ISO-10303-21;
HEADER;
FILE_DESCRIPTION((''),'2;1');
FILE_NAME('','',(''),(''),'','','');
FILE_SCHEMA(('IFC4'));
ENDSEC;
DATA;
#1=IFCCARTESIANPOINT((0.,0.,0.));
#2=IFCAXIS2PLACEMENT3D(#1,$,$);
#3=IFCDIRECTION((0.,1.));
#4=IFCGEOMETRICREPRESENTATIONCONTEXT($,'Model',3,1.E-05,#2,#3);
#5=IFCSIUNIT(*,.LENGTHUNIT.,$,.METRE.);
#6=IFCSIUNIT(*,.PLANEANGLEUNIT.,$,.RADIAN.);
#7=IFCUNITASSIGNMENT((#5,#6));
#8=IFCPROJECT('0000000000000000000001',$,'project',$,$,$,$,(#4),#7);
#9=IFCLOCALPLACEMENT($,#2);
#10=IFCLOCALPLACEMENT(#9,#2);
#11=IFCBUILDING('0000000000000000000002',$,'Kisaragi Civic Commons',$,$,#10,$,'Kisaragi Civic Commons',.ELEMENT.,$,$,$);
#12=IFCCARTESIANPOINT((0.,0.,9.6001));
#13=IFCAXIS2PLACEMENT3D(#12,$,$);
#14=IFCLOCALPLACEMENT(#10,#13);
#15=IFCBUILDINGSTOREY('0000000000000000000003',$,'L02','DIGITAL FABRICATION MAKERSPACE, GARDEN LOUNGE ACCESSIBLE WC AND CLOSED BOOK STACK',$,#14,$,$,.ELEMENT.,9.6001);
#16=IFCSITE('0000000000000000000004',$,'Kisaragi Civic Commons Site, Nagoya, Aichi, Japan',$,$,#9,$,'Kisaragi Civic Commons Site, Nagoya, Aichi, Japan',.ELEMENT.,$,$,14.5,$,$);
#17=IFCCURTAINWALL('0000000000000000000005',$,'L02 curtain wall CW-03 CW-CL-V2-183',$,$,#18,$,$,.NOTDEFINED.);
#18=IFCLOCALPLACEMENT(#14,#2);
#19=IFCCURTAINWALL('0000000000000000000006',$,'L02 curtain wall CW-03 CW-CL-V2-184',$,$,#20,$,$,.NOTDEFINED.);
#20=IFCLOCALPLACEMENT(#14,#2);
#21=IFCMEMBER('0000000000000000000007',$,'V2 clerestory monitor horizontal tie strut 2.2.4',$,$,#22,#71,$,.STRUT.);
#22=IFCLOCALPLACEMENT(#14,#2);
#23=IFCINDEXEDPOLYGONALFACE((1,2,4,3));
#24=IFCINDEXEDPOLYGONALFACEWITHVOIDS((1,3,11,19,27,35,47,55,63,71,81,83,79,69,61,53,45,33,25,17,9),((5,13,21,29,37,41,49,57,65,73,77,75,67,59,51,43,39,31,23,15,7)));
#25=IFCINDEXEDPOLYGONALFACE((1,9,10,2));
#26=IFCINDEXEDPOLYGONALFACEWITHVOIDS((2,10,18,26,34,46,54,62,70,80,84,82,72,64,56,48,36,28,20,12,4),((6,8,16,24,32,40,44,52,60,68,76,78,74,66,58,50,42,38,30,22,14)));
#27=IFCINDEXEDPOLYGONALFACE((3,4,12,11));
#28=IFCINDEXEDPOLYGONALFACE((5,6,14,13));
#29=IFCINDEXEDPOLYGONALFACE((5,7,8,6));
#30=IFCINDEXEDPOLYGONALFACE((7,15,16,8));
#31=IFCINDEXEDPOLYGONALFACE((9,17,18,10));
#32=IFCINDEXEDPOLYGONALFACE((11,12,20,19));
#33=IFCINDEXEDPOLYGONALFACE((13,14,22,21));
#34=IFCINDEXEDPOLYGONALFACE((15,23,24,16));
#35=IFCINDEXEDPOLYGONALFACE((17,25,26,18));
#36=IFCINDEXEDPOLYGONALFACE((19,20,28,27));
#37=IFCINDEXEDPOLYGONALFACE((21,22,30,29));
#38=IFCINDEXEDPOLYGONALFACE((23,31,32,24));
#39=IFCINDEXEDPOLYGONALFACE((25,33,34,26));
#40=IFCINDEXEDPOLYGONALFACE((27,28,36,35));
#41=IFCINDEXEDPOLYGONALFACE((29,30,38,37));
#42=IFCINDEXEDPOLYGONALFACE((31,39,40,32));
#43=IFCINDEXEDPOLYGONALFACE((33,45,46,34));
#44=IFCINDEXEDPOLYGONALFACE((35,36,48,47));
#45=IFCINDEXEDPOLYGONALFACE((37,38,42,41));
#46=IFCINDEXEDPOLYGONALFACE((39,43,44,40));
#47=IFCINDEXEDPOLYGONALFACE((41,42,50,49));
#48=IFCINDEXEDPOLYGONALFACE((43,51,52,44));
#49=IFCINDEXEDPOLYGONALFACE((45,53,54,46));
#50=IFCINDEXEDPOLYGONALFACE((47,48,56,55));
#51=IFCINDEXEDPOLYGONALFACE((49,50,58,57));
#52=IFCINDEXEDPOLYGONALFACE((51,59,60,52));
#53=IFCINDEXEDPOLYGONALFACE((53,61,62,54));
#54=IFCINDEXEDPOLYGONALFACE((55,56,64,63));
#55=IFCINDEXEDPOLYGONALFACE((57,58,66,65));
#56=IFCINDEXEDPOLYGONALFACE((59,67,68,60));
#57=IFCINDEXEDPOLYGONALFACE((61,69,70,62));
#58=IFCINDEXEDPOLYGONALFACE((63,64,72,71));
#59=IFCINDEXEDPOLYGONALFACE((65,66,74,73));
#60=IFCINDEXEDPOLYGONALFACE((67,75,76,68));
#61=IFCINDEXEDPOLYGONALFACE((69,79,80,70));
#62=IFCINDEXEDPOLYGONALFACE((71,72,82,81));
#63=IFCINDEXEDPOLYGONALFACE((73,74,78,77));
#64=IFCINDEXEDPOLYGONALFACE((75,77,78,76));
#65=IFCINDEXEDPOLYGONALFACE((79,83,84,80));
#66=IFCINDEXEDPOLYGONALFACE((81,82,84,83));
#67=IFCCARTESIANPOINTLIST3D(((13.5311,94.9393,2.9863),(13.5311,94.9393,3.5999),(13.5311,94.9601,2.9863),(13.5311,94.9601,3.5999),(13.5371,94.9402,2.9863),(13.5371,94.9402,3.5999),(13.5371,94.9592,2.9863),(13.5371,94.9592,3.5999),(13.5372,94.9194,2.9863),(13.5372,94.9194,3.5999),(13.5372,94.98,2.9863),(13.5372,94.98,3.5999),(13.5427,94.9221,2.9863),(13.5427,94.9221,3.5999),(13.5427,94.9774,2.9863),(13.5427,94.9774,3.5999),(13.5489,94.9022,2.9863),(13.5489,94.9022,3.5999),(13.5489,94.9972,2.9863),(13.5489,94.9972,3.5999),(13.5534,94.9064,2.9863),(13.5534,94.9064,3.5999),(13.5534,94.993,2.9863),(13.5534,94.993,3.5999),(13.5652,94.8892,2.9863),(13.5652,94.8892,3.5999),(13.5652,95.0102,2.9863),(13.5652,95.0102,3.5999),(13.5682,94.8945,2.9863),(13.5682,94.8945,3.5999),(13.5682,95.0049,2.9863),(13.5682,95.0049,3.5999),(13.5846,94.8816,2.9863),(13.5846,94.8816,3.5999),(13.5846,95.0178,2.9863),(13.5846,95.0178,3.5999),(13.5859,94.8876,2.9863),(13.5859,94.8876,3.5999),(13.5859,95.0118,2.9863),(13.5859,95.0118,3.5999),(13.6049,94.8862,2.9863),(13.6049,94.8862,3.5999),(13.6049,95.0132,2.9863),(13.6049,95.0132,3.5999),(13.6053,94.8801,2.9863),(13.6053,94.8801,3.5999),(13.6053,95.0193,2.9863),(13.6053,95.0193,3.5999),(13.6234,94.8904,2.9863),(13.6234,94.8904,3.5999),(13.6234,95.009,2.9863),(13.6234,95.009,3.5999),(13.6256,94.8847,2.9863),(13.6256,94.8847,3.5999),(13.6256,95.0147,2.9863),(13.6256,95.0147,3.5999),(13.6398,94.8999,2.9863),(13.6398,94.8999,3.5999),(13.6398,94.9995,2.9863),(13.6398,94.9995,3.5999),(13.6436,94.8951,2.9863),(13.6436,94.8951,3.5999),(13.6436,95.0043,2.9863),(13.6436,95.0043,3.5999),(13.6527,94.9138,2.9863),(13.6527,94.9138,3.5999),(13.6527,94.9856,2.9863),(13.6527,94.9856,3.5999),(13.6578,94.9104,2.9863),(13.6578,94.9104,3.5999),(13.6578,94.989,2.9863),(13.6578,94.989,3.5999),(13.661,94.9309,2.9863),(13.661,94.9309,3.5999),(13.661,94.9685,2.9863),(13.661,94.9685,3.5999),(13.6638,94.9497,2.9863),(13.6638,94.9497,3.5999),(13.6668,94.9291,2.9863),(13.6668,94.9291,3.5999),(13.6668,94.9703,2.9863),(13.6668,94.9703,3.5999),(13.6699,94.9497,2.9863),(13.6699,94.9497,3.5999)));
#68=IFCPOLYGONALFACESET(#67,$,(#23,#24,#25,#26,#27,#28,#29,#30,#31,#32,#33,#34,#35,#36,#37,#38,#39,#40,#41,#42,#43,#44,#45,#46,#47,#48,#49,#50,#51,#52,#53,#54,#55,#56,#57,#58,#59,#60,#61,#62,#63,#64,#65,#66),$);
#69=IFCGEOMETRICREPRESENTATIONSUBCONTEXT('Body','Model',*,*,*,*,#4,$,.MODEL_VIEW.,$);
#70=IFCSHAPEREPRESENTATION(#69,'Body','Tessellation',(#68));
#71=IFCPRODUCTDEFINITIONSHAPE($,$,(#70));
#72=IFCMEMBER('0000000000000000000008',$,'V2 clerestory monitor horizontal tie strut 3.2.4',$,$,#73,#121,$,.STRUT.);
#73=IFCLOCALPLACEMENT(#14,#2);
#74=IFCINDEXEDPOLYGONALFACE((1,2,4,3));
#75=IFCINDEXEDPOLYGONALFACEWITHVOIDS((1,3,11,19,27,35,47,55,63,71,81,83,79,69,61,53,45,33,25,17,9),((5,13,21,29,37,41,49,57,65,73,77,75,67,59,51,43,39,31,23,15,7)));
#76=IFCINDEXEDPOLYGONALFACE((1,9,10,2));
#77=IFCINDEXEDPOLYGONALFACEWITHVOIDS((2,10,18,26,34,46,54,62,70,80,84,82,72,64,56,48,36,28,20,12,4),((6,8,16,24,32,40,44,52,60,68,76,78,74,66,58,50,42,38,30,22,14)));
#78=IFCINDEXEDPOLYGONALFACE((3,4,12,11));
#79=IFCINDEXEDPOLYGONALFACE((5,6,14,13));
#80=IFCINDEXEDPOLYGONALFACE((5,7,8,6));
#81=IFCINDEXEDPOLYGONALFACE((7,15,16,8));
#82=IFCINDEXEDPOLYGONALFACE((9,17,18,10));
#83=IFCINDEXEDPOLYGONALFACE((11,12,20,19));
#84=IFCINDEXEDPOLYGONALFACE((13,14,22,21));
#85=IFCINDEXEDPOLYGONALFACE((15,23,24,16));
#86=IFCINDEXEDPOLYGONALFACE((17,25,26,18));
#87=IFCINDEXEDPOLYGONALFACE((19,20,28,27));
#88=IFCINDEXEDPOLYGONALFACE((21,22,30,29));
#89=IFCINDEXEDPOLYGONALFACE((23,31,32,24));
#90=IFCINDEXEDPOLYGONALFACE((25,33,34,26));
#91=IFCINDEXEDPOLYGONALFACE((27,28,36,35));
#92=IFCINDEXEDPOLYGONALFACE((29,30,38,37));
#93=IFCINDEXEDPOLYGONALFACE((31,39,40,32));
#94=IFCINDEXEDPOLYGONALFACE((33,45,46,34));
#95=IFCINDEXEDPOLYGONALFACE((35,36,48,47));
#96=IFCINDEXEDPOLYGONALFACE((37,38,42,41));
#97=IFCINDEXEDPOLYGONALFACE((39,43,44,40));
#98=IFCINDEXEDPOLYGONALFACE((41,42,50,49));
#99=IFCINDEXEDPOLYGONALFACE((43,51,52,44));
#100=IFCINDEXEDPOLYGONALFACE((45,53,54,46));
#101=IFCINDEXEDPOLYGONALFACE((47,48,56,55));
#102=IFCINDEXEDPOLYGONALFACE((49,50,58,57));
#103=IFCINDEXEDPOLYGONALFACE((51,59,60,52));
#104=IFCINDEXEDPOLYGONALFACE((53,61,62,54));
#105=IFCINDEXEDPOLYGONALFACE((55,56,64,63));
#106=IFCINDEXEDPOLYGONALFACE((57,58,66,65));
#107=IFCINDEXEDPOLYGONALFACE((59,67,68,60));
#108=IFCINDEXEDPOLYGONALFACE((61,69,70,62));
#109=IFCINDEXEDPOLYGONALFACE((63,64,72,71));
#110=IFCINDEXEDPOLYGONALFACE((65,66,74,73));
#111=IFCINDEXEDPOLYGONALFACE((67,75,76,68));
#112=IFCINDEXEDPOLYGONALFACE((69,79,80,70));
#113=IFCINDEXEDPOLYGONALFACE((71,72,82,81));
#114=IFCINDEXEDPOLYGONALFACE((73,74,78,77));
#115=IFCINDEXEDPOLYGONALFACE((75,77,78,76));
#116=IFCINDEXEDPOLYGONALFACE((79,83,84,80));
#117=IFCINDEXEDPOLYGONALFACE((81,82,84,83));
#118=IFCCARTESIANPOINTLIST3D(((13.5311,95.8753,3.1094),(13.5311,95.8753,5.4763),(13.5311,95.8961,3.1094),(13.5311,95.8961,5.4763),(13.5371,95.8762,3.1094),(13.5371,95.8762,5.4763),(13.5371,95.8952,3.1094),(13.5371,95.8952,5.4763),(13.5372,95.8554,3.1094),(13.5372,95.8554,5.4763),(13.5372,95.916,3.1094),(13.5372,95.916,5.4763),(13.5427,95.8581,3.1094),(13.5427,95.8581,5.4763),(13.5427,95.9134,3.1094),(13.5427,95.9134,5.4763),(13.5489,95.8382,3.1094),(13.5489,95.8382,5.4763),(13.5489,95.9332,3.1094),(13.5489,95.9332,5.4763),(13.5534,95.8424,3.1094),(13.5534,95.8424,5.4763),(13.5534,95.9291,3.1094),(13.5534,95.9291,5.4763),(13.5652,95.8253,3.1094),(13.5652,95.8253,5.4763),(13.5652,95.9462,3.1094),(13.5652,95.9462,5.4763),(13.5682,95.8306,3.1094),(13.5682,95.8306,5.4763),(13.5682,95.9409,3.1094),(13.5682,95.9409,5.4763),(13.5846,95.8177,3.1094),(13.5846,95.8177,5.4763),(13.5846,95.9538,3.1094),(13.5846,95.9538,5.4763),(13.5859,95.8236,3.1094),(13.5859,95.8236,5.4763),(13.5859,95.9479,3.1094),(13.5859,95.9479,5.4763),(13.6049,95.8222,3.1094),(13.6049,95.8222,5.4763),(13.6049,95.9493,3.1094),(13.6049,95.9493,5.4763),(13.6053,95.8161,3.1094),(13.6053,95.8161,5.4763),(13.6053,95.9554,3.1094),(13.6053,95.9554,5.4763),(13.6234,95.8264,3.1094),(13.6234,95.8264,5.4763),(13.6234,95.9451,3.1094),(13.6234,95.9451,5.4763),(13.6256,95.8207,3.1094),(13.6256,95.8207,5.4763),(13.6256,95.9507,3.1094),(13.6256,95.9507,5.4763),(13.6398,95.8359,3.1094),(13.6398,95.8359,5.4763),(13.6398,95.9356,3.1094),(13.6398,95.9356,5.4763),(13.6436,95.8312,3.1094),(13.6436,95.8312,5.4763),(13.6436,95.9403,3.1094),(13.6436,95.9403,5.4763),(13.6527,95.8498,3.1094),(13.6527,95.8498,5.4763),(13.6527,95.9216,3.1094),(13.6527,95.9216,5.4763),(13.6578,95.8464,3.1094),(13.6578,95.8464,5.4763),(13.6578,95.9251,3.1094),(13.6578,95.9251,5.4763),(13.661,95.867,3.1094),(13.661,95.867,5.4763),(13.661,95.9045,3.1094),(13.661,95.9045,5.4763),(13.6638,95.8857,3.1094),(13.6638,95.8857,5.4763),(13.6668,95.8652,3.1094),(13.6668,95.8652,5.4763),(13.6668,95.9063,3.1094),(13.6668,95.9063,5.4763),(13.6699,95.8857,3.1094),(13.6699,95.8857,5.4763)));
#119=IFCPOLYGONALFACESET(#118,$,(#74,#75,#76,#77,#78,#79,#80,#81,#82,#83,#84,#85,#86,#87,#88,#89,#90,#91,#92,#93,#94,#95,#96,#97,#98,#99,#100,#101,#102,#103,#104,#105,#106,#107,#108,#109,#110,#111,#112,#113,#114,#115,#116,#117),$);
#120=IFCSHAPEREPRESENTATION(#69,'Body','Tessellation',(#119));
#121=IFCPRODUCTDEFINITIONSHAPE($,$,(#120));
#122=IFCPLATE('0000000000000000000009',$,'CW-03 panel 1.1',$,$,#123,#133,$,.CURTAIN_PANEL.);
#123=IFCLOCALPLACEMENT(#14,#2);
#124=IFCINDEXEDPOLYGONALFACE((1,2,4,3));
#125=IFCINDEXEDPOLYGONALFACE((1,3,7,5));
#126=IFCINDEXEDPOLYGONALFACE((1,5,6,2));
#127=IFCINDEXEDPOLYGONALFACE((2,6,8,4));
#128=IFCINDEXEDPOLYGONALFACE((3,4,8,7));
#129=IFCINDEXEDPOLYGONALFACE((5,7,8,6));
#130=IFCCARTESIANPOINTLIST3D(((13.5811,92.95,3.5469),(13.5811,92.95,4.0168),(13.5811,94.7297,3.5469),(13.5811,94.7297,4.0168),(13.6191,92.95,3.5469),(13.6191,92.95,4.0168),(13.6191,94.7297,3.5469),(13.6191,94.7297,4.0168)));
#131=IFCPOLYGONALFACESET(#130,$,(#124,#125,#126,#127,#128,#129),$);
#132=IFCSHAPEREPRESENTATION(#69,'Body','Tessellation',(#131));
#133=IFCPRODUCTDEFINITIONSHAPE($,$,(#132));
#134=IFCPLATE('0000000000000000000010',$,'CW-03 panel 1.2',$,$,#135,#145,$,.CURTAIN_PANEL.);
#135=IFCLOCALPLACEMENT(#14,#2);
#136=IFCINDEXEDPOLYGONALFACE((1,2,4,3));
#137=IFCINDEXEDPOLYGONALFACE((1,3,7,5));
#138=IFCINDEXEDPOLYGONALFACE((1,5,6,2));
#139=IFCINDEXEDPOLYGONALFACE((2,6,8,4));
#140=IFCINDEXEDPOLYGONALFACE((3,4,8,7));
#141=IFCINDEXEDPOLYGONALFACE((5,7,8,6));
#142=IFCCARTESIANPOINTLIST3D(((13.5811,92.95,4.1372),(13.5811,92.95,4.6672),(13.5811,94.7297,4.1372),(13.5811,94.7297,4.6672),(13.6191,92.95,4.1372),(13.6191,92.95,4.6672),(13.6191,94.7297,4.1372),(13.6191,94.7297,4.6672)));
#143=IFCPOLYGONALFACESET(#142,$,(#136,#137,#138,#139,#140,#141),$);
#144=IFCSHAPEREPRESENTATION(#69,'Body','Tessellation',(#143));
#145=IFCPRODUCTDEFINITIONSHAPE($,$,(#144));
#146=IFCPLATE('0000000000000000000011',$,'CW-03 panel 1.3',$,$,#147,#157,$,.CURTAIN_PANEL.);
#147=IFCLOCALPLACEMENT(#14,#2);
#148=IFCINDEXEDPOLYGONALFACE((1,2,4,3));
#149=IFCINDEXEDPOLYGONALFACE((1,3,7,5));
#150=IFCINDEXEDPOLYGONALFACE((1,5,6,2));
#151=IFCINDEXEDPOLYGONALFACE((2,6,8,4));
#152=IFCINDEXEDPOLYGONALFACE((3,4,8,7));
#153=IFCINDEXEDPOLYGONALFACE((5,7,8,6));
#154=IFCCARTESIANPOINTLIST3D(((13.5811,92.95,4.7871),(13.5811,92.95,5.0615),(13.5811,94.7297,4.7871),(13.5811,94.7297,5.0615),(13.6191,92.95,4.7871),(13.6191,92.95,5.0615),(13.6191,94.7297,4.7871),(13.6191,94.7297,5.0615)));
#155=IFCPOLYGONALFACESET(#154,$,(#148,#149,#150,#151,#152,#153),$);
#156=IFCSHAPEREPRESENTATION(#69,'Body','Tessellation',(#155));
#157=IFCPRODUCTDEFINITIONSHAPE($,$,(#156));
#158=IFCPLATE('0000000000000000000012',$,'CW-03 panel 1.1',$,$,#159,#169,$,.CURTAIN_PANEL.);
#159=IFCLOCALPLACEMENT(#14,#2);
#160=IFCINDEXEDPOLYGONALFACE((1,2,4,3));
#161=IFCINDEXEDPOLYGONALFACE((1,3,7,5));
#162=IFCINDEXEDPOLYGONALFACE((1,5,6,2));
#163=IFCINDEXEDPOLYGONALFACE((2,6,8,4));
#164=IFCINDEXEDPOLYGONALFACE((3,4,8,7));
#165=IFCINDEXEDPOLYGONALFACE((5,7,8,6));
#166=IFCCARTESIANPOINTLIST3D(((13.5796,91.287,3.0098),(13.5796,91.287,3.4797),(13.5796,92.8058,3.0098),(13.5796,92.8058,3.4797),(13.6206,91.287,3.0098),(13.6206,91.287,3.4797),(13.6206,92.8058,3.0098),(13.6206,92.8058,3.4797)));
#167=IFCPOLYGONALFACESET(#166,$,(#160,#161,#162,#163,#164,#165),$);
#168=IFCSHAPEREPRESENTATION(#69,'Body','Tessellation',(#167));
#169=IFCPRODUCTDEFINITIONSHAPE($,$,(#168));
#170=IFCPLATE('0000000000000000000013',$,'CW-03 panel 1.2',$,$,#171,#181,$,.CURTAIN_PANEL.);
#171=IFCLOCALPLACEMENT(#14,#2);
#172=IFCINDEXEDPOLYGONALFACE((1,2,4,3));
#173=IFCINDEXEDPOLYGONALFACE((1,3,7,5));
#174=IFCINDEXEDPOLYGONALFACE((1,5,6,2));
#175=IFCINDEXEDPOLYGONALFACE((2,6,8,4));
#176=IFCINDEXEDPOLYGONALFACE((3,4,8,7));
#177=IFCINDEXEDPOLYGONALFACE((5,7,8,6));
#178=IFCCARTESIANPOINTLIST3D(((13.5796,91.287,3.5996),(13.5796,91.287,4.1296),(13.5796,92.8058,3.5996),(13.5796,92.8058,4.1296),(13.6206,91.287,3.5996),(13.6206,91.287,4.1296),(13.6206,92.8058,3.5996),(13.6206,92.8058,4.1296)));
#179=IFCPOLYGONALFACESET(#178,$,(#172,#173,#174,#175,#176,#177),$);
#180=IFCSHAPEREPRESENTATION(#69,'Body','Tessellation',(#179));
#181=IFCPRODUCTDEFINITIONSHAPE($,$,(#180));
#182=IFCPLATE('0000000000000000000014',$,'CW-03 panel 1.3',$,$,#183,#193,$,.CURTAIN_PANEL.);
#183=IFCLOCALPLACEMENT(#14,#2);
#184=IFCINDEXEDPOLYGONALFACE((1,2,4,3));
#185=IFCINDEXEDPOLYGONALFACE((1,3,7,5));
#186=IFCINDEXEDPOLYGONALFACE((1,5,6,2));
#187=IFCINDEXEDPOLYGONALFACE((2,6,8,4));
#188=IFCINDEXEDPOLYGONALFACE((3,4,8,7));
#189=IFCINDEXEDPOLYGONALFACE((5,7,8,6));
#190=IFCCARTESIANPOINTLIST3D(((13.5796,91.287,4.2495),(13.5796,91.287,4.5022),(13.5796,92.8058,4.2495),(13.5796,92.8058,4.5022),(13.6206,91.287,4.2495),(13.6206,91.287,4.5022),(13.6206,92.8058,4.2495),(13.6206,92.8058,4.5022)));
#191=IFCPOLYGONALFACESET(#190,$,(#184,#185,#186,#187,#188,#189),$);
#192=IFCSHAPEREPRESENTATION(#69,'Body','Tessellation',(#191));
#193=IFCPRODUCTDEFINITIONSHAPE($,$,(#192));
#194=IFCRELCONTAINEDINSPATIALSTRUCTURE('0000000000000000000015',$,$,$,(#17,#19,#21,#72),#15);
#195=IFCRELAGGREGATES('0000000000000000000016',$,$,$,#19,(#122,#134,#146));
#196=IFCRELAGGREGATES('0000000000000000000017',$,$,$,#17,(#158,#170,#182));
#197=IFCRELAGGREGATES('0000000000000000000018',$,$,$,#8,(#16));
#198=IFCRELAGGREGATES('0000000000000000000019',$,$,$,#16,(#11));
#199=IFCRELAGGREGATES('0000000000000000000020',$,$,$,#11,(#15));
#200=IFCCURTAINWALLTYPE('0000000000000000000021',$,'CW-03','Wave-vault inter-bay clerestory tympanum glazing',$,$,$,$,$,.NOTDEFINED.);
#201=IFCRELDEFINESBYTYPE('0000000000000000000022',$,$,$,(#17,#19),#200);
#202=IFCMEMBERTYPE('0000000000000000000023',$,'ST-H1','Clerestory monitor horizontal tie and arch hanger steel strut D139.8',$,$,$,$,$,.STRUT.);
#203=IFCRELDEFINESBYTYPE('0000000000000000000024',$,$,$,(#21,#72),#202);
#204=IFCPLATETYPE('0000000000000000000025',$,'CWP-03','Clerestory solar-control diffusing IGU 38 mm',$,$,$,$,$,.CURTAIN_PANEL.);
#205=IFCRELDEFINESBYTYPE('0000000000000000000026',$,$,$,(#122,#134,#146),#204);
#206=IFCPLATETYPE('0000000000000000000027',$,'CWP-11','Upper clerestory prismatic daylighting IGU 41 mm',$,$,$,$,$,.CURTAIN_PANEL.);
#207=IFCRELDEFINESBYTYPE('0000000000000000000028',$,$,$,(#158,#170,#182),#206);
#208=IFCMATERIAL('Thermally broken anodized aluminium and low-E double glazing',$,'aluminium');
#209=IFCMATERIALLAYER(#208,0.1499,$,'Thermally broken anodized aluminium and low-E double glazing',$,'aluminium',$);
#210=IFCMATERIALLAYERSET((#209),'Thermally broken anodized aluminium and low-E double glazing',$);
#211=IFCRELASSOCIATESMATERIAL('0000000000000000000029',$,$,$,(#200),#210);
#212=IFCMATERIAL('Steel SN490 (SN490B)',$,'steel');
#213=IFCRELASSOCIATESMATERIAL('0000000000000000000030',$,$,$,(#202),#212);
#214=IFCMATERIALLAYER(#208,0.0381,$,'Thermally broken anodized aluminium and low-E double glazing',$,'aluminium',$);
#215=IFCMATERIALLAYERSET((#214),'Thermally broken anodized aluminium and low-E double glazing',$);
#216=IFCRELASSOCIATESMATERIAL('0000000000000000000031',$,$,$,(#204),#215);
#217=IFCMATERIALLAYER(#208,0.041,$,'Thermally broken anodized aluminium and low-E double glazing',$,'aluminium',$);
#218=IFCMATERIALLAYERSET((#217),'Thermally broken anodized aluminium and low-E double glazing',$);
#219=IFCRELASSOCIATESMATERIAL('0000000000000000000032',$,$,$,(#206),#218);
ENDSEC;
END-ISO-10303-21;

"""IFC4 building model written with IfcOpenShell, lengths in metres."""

from ifc_helpers import new_model, si_unit, direction, frame, origin, origin_2d, place, context, subcontext, project, spatial, rectangle, hollow_circle, extrude, material, layer, layer_set, material_profile, profile_set, type_object, element, aggregate, save


model = new_model("IFC4")

# Units and contexts
model_context = context("Model", 3, precision=1e-05, world=origin(), true_north=direction((0.0, 1.0)))
body_context = subcontext(model_context, "Body", "Model", "MODEL_VIEW")
ifc_project = project(units=[si_unit("LENGTHUNIT", "METRE"), si_unit("PLANEANGLEUNIT", "RADIAN")], contexts=[model_context])

# Site, building, storey
site_placement = place(None, origin())
site = spatial("IfcSite", under=ifc_project, at=site_placement, Name="Kisaragi Civic Commons Site, Nagoya, Aichi, Japan", LongName="Kisaragi Civic Commons Site, Nagoya, Aichi, Japan", CompositionType="ELEMENT", RefElevation=14.5)
building_placement = place(site_placement, origin())
building = spatial("IfcBuilding", under=site, at=building_placement, Name="Kisaragi Civic Commons", LongName="Kisaragi Civic Commons", CompositionType="ELEMENT")
storey_placement = place(building_placement, frame((0.0, 0.0, 9.6001)))
storey = spatial("IfcBuildingStorey", under=building, at=storey_placement, Name="L02", Description="DIGITAL FABRICATION MAKERSPACE, GARDEN LOUNGE ACCESSIBLE WC AND CLOSED BOOK STACK", CompositionType="ELEMENT", Elevation=9.6001)

# Curtain walls
ifc_material_1 = material(Name="Thermally broken anodized aluminium and low-E double glazing", Category="aluminium")
ifc_layer_1 = layer(ifc_material_1, 0.1499, Name="Thermally broken anodized aluminium and low-E double glazing", Category="aluminium")
ifc_layer_set_1 = layer_set([ifc_layer_1], Name="Thermally broken anodized aluminium and low-E double glazing")
curtain_wall_type = type_object("IfcCurtainWallType", Name="CW-03", Description="Wave-vault inter-bay clerestory tympanum glazing", PredefinedType="NOTDEFINED", material=ifc_layer_set_1)
curtain_wall_1_placement = place(storey_placement, origin())
curtain_wall_1 = element("IfcCurtainWall", 1, at=curtain_wall_1_placement, inside=storey, type_object=curtain_wall_type, Name="L02 curtain wall CW-03 CW-CL-V2-183", PredefinedType="NOTDEFINED")
curtain_wall_2_placement = place(storey_placement, origin())
curtain_wall_2 = element("IfcCurtainWall", 2, at=curtain_wall_2_placement, inside=storey, type_object=curtain_wall_type, Name="L02 curtain wall CW-03 CW-CL-V2-184", PredefinedType="NOTDEFINED")

# Members
ifc_material_2 = material(Name="Steel SN490 (SN490B)", Category="steel")
ifc_material_profile_1 = material_profile(ifc_material_2, hollow_circle(Radius=0.0698, WallThickness=0.0061, at=origin_2d()), Name="CHS-139.8x6.0", Category="steel")
ifc_profile_set_1 = profile_set([ifc_material_profile_1], Name="Steel SN490 (SN490B)")
member_type_1 = type_object("IfcMemberType", Name="ST-H1", Description="Clerestory monitor horizontal tie and arch hanger steel strut D139.8", PredefinedType="STRUT", material=ifc_profile_set_1)
member_1_placement = place(storey_placement, frame((13.6001, 94.9497, 2.9863), z_axis=(0.0, 0.0, 1.0), x_axis=(1.0, 0.0, 0.0)))
element("IfcMember", 3, at=member_1_placement, inside=storey, type_object=member_type_1, Name="V2 clerestory monitor horizontal tie strut 2.2.4", PredefinedType="STRUT", context=body_context, shape_type="SweptSolid", body=[
    extrude(hollow_circle(Radius=0.0698, WallThickness=0.0061, at=origin_2d()), origin(), (0.0, 0.0, 1.0), 0.6135),
])
member_2_placement = place(storey_placement, frame((13.6001, 95.8857, 3.1094), z_axis=(0.0, 0.0, 1.0), x_axis=(1.0, 0.0, 0.0)))
element("IfcMember", 4, at=member_2_placement, inside=storey, type_object=member_type_1, Name="V2 clerestory monitor horizontal tie strut 3.2.4", PredefinedType="STRUT", context=body_context, shape_type="SweptSolid", body=[
    extrude(hollow_circle(Radius=0.0698, WallThickness=0.0061, at=origin_2d()), origin(), (0.0, 0.0, 1.0), 2.3669),
])

# Plates
ifc_layer_2 = layer(ifc_material_1, 0.0381, Name="Thermally broken anodized aluminium and low-E double glazing", Category="aluminium")
ifc_layer_set_2 = layer_set([ifc_layer_2], Name="Thermally broken anodized aluminium and low-E double glazing")
plate_type_1 = type_object("IfcPlateType", Name="CWP-03", Description="Clerestory solar-control diffusing IGU 38 mm", PredefinedType="CURTAIN_PANEL", material=ifc_layer_set_2)
plate_1_placement = place(storey_placement, frame((13.6001, 93.8398, 3.5469), z_axis=(0.0, 0.0, 1.0), x_axis=(0.0, 1.0, 0.0)))
plate_1 = element("IfcPlate", 5, at=plate_1_placement, type_object=plate_type_1, Name="CW-03 panel 1.1", PredefinedType="CURTAIN_PANEL", context=body_context, shape_type="SweptSolid", body=[
    extrude(rectangle(XDim=1.7798, YDim=0.0381, at=origin_2d()), origin(), (0.0, 0.0, 1.0), 0.47),
])
plate_2_placement = place(storey_placement, frame((13.6001, 93.8398, 4.1372), z_axis=(0.0, 0.0, 1.0), x_axis=(0.0, 1.0, 0.0)))
plate_2 = element("IfcPlate", 6, at=plate_2_placement, type_object=plate_type_1, Name="CW-03 panel 1.2", PredefinedType="CURTAIN_PANEL", context=body_context, shape_type="SweptSolid", body=[
    extrude(rectangle(XDim=1.7798, YDim=0.0381, at=origin_2d()), origin(), (0.0, 0.0, 1.0), 0.53),
])
plate_3_placement = place(storey_placement, frame((13.6001, 93.8398, 4.7871), z_axis=(0.0, 0.0, 1.0), x_axis=(0.0, 1.0, 0.0)))
plate_3 = element("IfcPlate", 7, at=plate_3_placement, type_object=plate_type_1, Name="CW-03 panel 1.3", PredefinedType="CURTAIN_PANEL", context=body_context, shape_type="SweptSolid", body=[
    extrude(rectangle(XDim=1.7798, YDim=0.0381, at=origin_2d()), origin(), (0.0, 0.0, 1.0), 0.2744),
])
aggregate(curtain_wall_2, [plate_1, plate_2, plate_3])
ifc_layer_3 = layer(ifc_material_1, 0.041, Name="Thermally broken anodized aluminium and low-E double glazing", Category="aluminium")
ifc_layer_set_3 = layer_set([ifc_layer_3], Name="Thermally broken anodized aluminium and low-E double glazing")
plate_type_2 = type_object("IfcPlateType", Name="CWP-11", Description="Upper clerestory prismatic daylighting IGU 41 mm", PredefinedType="CURTAIN_PANEL", material=ifc_layer_set_3)
plate_4_placement = place(storey_placement, frame((13.6001, 92.0464, 3.0098), z_axis=(0.0, 0.0, 1.0), x_axis=(0.0, 1.0, 0.0)))
plate_4 = element("IfcPlate", 8, at=plate_4_placement, type_object=plate_type_2, Name="CW-03 panel 1.1", PredefinedType="CURTAIN_PANEL", context=body_context, shape_type="SweptSolid", body=[
    extrude(rectangle(XDim=1.5188, YDim=0.041, at=origin_2d()), origin(), (0.0, 0.0, 1.0), 0.47),
])
plate_5_placement = place(storey_placement, frame((13.6001, 92.0464, 3.5996), z_axis=(0.0, 0.0, 1.0), x_axis=(0.0, 1.0, 0.0)))
plate_5 = element("IfcPlate", 9, at=plate_5_placement, type_object=plate_type_2, Name="CW-03 panel 1.2", PredefinedType="CURTAIN_PANEL", context=body_context, shape_type="SweptSolid", body=[
    extrude(rectangle(XDim=1.5188, YDim=0.041, at=origin_2d()), origin(), (0.0, 0.0, 1.0), 0.53),
])
plate_6_placement = place(storey_placement, frame((13.6001, 92.0464, 4.2495), z_axis=(0.0, 0.0, 1.0), x_axis=(0.0, 1.0, 0.0)))
plate_6 = element("IfcPlate", 10, at=plate_6_placement, type_object=plate_type_2, Name="CW-03 panel 1.3", PredefinedType="CURTAIN_PANEL", context=body_context, shape_type="SweptSolid", body=[
    extrude(rectangle(XDim=1.5188, YDim=0.041, at=origin_2d()), origin(), (0.0, 0.0, 1.0), 0.2527),
])
aggregate(curtain_wall_1, [plate_4, plate_5, plate_6])

save(model, "model.ifc")
